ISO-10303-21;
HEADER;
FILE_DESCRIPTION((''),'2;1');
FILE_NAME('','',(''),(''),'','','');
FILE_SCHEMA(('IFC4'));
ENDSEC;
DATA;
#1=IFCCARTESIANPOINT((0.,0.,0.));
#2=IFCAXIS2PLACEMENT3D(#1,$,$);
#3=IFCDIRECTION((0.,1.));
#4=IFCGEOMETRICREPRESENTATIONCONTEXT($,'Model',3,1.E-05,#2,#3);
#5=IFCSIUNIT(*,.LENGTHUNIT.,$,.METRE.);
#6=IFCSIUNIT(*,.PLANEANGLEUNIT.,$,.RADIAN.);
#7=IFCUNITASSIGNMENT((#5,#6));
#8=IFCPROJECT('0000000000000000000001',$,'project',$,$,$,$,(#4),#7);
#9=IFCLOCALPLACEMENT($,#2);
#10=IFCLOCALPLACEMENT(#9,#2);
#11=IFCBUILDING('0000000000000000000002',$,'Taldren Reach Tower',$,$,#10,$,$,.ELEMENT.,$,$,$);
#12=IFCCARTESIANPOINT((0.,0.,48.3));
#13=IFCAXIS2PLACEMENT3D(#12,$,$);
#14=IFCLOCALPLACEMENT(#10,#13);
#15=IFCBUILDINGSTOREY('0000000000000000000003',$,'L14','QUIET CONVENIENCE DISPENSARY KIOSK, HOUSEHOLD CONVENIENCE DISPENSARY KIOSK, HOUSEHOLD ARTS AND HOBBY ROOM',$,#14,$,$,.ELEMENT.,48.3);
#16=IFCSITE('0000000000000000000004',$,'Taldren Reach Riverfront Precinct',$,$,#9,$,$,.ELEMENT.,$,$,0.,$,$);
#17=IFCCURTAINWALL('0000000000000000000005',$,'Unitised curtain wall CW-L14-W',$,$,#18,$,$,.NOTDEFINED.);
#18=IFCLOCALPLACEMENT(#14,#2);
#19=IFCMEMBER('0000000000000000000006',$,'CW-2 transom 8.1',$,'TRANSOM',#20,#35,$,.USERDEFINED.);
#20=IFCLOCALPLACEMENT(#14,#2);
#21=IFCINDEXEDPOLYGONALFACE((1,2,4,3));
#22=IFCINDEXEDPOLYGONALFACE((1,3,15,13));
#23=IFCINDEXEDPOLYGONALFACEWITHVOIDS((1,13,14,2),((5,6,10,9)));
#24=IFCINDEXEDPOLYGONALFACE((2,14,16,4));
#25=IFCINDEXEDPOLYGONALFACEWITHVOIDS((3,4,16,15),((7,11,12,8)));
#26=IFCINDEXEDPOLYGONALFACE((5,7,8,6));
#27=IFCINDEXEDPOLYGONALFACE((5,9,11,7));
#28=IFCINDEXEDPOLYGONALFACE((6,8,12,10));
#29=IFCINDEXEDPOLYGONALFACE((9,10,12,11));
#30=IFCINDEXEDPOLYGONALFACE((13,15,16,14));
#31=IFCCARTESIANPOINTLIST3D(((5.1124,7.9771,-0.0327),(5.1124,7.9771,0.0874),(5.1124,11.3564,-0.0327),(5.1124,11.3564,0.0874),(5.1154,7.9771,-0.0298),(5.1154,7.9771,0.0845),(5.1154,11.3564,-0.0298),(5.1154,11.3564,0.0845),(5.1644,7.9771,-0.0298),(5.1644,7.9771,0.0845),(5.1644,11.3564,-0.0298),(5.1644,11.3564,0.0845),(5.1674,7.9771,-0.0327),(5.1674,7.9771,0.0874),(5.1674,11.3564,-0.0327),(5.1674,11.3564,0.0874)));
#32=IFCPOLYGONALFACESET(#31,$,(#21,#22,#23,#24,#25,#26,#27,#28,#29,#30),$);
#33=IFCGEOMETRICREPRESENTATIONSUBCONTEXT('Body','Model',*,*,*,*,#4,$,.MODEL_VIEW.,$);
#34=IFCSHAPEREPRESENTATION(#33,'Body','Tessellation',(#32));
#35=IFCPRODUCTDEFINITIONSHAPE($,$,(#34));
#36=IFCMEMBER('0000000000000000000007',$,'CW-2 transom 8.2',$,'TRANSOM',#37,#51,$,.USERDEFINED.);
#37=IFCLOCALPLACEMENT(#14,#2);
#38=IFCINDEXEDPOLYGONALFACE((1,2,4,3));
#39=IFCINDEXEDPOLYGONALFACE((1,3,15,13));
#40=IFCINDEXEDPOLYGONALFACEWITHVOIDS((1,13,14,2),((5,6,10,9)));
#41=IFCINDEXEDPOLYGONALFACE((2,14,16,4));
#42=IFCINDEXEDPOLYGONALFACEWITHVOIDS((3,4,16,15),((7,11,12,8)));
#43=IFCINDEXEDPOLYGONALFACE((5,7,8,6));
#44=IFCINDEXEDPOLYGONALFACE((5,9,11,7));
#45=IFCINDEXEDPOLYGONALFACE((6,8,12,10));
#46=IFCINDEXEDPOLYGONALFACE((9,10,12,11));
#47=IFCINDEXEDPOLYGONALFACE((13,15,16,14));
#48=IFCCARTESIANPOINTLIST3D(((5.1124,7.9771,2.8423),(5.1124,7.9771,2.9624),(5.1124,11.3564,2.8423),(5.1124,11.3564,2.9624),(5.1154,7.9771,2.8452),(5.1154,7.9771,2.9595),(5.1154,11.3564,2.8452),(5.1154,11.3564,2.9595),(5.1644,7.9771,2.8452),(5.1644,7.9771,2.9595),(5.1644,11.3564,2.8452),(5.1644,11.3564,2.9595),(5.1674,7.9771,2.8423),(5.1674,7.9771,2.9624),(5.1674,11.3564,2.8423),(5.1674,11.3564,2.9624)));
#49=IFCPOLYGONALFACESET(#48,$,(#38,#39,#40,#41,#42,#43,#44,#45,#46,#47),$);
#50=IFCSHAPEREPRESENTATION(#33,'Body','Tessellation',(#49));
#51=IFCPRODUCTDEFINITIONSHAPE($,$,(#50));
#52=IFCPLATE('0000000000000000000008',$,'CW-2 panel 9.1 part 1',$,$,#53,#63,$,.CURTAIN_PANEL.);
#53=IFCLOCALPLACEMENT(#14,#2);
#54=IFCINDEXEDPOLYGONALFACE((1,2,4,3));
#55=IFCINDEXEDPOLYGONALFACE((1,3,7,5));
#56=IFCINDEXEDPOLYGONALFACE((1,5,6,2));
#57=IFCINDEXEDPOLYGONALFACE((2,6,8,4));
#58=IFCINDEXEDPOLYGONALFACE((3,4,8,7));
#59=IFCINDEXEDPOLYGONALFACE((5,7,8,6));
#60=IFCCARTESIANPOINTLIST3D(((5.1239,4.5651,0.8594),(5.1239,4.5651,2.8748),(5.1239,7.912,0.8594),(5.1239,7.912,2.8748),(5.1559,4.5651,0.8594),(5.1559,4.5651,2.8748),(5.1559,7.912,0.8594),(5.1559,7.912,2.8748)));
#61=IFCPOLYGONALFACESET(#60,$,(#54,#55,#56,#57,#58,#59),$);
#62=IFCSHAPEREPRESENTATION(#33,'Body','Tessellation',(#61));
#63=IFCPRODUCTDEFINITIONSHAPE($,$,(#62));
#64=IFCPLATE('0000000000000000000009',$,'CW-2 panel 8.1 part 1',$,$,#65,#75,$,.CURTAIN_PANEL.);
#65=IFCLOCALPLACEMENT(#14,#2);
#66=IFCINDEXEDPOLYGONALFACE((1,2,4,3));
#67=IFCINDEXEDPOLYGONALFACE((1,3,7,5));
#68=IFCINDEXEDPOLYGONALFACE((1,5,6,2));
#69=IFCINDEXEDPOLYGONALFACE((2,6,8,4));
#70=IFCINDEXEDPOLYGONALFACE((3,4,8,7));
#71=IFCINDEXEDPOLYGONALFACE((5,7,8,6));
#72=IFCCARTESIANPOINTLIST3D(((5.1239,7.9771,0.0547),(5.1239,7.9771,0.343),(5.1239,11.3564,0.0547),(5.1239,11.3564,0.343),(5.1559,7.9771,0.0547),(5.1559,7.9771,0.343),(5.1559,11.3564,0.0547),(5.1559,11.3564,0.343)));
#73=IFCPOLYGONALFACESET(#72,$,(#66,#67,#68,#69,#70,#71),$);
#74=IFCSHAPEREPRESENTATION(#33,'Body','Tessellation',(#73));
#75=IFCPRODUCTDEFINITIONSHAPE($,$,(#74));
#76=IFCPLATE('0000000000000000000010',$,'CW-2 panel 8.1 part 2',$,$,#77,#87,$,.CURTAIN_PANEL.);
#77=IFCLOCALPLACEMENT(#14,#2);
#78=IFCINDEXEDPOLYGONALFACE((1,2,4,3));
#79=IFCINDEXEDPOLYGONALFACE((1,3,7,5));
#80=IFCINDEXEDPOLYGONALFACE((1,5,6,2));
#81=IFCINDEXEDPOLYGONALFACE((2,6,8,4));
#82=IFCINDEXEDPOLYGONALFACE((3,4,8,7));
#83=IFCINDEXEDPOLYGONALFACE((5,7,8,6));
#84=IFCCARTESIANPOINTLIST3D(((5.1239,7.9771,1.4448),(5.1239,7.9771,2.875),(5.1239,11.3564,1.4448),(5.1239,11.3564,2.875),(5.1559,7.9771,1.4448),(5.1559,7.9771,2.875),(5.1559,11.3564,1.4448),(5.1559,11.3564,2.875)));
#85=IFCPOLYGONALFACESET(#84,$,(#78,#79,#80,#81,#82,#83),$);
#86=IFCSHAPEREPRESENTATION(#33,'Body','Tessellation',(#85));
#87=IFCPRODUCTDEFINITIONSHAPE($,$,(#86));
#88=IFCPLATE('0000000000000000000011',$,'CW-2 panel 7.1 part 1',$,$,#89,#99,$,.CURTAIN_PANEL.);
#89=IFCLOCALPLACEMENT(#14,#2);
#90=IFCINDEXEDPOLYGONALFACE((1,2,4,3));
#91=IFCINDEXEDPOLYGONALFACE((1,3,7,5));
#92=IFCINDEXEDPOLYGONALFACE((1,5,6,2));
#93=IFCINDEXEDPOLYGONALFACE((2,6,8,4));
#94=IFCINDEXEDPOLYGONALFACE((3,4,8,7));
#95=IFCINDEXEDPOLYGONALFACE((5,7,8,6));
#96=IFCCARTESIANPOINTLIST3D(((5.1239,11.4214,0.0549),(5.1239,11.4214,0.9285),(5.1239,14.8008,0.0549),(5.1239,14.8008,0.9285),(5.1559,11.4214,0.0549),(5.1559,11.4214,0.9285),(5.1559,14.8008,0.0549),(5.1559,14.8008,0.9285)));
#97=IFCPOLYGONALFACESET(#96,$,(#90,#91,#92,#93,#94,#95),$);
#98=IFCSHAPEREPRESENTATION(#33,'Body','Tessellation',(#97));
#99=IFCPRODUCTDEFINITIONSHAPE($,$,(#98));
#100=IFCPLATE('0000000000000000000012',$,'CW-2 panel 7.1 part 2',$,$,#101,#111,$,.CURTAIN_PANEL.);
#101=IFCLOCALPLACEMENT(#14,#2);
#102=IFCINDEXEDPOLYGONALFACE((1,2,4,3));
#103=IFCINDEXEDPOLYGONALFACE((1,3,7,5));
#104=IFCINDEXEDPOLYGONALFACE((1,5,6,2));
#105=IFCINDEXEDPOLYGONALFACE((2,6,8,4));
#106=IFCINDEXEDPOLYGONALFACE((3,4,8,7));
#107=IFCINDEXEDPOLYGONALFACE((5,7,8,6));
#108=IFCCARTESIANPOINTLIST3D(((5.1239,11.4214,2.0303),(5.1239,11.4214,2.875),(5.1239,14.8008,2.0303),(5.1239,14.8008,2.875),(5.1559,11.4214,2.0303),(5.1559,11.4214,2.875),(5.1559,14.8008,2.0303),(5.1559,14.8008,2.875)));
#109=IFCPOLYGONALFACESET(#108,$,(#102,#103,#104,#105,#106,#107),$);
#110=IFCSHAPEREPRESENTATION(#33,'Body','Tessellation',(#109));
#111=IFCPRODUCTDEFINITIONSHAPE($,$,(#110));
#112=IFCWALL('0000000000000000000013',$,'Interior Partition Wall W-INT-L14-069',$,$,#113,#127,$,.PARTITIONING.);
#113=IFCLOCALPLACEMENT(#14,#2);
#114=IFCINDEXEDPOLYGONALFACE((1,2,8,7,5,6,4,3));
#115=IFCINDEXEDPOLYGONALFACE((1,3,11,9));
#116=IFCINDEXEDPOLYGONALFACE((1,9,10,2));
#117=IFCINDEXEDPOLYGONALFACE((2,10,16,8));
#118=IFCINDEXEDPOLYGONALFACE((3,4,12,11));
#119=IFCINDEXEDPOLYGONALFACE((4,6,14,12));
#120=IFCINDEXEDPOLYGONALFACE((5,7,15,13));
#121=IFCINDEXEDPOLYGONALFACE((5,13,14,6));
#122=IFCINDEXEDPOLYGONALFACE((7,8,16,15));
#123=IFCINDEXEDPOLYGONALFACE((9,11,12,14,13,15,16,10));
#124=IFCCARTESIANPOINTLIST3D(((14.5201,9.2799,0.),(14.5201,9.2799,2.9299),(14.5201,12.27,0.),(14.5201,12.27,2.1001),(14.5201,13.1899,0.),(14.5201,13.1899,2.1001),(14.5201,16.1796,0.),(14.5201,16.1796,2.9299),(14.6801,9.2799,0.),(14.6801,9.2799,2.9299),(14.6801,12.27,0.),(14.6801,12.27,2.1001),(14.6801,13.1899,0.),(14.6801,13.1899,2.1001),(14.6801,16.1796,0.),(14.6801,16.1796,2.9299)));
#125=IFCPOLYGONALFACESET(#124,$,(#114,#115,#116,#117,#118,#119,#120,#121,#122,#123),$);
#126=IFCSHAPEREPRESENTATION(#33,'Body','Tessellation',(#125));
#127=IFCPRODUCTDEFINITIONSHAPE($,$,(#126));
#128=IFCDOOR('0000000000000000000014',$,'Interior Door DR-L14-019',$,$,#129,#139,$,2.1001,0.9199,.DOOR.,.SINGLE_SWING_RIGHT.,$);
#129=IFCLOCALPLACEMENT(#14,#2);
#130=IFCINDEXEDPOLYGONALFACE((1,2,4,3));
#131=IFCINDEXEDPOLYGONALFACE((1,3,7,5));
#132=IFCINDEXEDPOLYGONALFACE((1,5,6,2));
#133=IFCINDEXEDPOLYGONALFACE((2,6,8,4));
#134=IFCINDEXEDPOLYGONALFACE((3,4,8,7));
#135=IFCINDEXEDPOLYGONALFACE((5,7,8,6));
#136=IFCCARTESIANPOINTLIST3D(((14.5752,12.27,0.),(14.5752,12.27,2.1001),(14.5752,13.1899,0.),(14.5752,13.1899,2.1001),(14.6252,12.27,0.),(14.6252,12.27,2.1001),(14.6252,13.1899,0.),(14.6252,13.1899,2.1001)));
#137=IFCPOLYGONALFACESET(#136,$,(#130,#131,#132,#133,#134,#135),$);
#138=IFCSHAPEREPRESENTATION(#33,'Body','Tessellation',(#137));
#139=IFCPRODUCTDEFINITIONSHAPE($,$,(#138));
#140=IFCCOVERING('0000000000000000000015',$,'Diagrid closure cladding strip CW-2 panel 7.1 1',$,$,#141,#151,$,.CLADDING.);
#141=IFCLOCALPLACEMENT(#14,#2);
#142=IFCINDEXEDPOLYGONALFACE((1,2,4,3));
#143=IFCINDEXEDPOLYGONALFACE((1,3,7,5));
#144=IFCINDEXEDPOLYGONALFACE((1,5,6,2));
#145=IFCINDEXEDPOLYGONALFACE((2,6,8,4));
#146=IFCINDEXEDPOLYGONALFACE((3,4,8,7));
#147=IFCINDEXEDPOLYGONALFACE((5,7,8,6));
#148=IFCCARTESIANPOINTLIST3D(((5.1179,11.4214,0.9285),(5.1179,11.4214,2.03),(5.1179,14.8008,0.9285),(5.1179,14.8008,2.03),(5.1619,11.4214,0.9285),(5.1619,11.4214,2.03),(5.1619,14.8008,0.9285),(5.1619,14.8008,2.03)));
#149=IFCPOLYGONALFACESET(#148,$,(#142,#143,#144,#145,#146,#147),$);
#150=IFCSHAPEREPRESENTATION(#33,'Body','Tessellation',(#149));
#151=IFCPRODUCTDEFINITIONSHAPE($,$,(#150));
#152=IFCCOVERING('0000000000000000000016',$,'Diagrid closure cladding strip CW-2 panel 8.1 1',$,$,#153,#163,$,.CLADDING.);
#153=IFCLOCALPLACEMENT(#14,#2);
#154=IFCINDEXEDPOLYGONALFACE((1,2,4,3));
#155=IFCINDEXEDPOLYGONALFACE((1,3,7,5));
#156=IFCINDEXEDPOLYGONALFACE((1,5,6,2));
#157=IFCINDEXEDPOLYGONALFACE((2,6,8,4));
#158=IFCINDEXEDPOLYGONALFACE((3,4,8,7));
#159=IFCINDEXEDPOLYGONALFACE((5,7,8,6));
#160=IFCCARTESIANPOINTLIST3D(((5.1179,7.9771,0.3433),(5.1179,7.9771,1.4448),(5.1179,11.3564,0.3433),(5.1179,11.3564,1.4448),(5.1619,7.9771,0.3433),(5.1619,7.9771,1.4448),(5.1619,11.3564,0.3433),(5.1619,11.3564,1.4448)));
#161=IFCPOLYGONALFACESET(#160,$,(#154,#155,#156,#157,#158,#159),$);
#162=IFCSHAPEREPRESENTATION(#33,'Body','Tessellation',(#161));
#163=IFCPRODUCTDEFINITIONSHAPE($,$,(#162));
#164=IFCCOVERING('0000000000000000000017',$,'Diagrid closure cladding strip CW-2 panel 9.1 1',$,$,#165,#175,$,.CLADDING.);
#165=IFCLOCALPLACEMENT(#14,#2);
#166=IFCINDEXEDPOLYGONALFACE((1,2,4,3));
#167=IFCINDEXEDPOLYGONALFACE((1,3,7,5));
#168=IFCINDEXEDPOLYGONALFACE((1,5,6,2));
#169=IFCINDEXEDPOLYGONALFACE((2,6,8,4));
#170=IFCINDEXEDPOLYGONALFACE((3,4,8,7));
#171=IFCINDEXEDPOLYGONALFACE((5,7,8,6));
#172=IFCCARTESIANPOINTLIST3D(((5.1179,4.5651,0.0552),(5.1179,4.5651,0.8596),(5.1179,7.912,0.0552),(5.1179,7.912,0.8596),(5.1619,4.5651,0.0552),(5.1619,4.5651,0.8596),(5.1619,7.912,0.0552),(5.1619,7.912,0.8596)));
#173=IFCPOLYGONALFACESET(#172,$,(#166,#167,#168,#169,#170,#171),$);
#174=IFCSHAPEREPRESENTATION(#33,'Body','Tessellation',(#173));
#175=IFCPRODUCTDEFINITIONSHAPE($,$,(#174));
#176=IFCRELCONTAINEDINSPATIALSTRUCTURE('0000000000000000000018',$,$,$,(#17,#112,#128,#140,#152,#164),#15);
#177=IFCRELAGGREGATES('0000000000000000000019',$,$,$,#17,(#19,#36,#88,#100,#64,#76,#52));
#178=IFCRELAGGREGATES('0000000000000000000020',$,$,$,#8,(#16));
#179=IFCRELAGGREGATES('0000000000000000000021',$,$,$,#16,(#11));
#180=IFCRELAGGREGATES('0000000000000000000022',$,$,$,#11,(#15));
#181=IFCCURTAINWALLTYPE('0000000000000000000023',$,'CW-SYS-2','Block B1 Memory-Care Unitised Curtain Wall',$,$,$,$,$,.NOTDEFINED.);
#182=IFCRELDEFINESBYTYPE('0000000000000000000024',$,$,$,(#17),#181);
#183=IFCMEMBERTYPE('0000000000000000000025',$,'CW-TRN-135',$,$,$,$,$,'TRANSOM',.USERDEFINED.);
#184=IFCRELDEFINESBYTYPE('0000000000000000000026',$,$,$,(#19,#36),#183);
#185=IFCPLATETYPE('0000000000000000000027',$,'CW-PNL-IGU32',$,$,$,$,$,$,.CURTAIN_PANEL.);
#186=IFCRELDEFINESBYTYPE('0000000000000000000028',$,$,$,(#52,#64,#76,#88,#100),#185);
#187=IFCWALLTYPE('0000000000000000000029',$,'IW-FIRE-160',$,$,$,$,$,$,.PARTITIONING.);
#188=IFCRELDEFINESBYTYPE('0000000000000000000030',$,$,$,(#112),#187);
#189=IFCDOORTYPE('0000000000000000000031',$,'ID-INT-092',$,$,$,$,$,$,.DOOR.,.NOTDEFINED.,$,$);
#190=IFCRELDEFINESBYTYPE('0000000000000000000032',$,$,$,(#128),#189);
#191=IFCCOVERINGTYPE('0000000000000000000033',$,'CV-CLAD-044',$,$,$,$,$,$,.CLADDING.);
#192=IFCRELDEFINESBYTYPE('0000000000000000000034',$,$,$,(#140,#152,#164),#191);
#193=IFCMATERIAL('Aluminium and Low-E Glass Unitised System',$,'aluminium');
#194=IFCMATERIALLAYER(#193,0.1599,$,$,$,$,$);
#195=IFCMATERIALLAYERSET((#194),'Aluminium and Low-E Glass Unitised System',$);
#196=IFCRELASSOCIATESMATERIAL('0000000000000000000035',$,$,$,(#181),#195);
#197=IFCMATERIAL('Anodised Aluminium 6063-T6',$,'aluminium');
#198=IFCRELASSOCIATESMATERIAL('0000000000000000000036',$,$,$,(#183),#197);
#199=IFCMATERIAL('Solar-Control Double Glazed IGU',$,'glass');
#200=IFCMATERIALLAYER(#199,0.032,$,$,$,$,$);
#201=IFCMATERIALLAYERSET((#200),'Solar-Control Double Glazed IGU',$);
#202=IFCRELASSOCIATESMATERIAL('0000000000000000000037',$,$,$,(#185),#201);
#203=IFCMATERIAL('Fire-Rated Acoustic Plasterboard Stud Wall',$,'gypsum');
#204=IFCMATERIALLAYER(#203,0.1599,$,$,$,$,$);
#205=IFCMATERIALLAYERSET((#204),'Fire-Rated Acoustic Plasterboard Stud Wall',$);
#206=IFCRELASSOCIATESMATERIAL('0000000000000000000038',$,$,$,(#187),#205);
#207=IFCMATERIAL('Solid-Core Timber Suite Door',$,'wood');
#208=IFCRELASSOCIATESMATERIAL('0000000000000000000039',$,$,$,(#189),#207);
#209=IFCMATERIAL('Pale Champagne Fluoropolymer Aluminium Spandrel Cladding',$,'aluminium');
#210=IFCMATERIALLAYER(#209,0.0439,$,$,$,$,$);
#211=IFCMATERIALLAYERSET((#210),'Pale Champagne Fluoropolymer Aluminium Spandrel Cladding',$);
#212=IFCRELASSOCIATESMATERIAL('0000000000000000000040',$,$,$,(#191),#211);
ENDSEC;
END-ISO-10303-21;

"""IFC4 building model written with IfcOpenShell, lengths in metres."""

from ifc_helpers import new_model, si_unit, direction, frame, frame_2d, origin, origin_2d, place, context, subcontext, project, spatial, rectangle, hollow_rectangle, extrude, source, transform, mapped, material, layer, layer_set, material_profile, profile_set, type_object, element, fill, aggregate, save


model = new_model("IFC4")

# Units and contexts
model_context = context("Model", 3, precision=1e-05, world=origin(), true_north=direction((0.0, 1.0)))
body_context = subcontext(model_context, "Body", "Model", "MODEL_VIEW")
ifc_project = project(units=[si_unit("LENGTHUNIT", "METRE"), si_unit("PLANEANGLEUNIT", "RADIAN")], contexts=[model_context])

# Site, building, storey
site_placement = place(None, origin())
site = spatial("IfcSite", under=ifc_project, at=site_placement, Name="Taldren Reach Riverfront Precinct", CompositionType="ELEMENT", RefElevation=0.0)
building_placement = place(site_placement, origin())
building = spatial("IfcBuilding", under=site, at=building_placement, Name="Taldren Reach Tower", CompositionType="ELEMENT")
storey_placement = place(building_placement, frame((0.0, 0.0, 48.3)))
storey = spatial("IfcBuildingStorey", under=building, at=storey_placement, Name="L14", Description="QUIET CONVENIENCE DISPENSARY KIOSK, HOUSEHOLD CONVENIENCE DISPENSARY KIOSK, HOUSEHOLD ARTS AND HOBBY ROOM", CompositionType="ELEMENT", Elevation=48.3)

# Curtain wall, members, plates
ifc_material_1 = material(Name="Aluminium and Low-E Glass Unitised System", Category="aluminium")
ifc_layer_1 = layer(ifc_material_1, 0.1599)
ifc_layer_set_1 = layer_set([ifc_layer_1], Name="Aluminium and Low-E Glass Unitised System")
curtain_wall_type = type_object("IfcCurtainWallType", Name="CW-SYS-2", Description="Block B1 Memory-Care Unitised Curtain Wall", PredefinedType="NOTDEFINED", material=ifc_layer_set_1)
curtain_wall_placement = place(storey_placement, origin())
curtain_wall = element("IfcCurtainWall", 1, at=curtain_wall_placement, inside=storey, type_object=curtain_wall_type, Name="Unitised curtain wall CW-L14-W", PredefinedType="NOTDEFINED")
ifc_material_2 = material(Name="Anodised Aluminium 6063-T6", Category="aluminium")
ifc_material_profile_1 = material_profile(ifc_material_2, hollow_rectangle(XDim=0.0549, YDim=0.1201, WallThickness=0.0029, at=origin_2d()), Name="ALU-120x55x3RHS")
ifc_profile_set_1 = profile_set([ifc_material_profile_1], Name="Anodised Aluminium 6063-T6")
member_type_1 = type_object("IfcMemberType", Name="CW-TRN-135", ElementType="TRANSOM", PredefinedType="USERDEFINED", material=ifc_profile_set_1)
shared_shape_1 = source(origin(), body_context, "Body", "SweptSolid", [
    extrude(hollow_rectangle(XDim=0.0549, YDim=0.1201, WallThickness=0.0029, at=origin_2d()), origin(), (0.0, 0.0, 1.0), 3.3794),
])
member_1_placement = place(storey_placement, frame((5.1399, 11.3564, 0.0273), z_axis=(0.0, -1.0, 0.0), x_axis=(1.0, 0.0, 0.0)))
member_1 = element("IfcMember", 2, at=member_1_placement, type_object=member_type_1, Name="CW-2 transom 8.1", ObjectType="TRANSOM", PredefinedType="USERDEFINED", context=body_context, shape_type="MappedRepresentation", body=[
    mapped(shared_shape_1, transform((0.0, 0.0, 0.0), scale=1.0)),
])
member_2_placement = place(storey_placement, frame((5.1399, 11.3564, 2.9023), z_axis=(0.0, -1.0, 0.0), x_axis=(1.0, 0.0, 0.0)))
member_2 = element("IfcMember", 3, at=member_2_placement, type_object=member_type_1, Name="CW-2 transom 8.2", ObjectType="TRANSOM", PredefinedType="USERDEFINED", context=body_context, shape_type="MappedRepresentation", body=[
    mapped(shared_shape_1, transform((0.0, 0.0, 0.0), scale=1.0)),
])
ifc_material_3 = material(Name="Solar-Control Double Glazed IGU", Category="glass")
ifc_layer_2 = layer(ifc_material_3, 0.032)
ifc_layer_set_2 = layer_set([ifc_layer_2], Name="Solar-Control Double Glazed IGU")
plate_type = type_object("IfcPlateType", Name="CW-PNL-IGU32", PredefinedType="CURTAIN_PANEL", material=ifc_layer_set_2)
shared_shape_2 = source(origin(), body_context, "Body", "SweptSolid", [
    extrude(rectangle(XDim=3.3469, YDim=0.032, at=origin_2d()), origin(), (0.0, 0.0, 1.0), 2.0154),
])
plate_1_placement = place(storey_placement, frame((5.1399, 6.2385, 0.8594), z_axis=(0.0, 0.0, 1.0), x_axis=(0.0, -1.0, 0.0)))
plate_1 = element("IfcPlate", 4, at=plate_1_placement, type_object=plate_type, Name="CW-2 panel 9.1 part 1", PredefinedType="CURTAIN_PANEL", context=body_context, shape_type="MappedRepresentation", body=[
    mapped(shared_shape_2, transform((0.0, 0.0, 0.0), scale=1.0)),
])
shared_shape_3 = source(origin(), body_context, "Body", "SweptSolid", [
    extrude(rectangle(XDim=3.3794, YDim=0.032, at=origin_2d()), origin(), (0.0, 0.0, 1.0), 0.2883),
])
plate_2_placement = place(storey_placement, frame((5.1399, 9.6667, 0.0547), z_axis=(0.0, 0.0, 1.0), x_axis=(0.0, -1.0, 0.0)))
plate_2 = element("IfcPlate", 5, at=plate_2_placement, type_object=plate_type, Name="CW-2 panel 8.1 part 1", PredefinedType="CURTAIN_PANEL", context=body_context, shape_type="MappedRepresentation", body=[
    mapped(shared_shape_3, transform((0.0, 0.0, 0.0), scale=1.0)),
])
shared_shape_4 = source(origin(), body_context, "Body", "SweptSolid", [
    extrude(rectangle(XDim=3.3794, YDim=0.032, at=origin_2d()), origin(), (0.0, 0.0, 1.0), 1.4302),
])
plate_3_placement = place(storey_placement, frame((5.1399, 9.6667, 1.4448), z_axis=(0.0, 0.0, 1.0), x_axis=(0.0, -1.0, 0.0)))
plate_3 = element("IfcPlate", 6, at=plate_3_placement, type_object=plate_type, Name="CW-2 panel 8.1 part 2", PredefinedType="CURTAIN_PANEL", context=body_context, shape_type="MappedRepresentation", body=[
    mapped(shared_shape_4, transform((0.0, 0.0, 0.0), scale=1.0)),
])
shared_shape_5 = source(origin(), body_context, "Body", "SweptSolid", [
    extrude(rectangle(XDim=3.3794, YDim=0.032, at=origin_2d()), origin(), (0.0, 0.0, 1.0), 0.8735),
])
plate_4_placement = place(storey_placement, frame((5.1399, 13.1111, 0.0549), z_axis=(0.0, 0.0, 1.0), x_axis=(0.0, -1.0, 0.0)))
plate_4 = element("IfcPlate", 7, at=plate_4_placement, type_object=plate_type, Name="CW-2 panel 7.1 part 1", PredefinedType="CURTAIN_PANEL", context=body_context, shape_type="MappedRepresentation", body=[
    mapped(shared_shape_5, transform((0.0, 0.0, 0.0), scale=1.0)),
])
shared_shape_6 = source(origin(), body_context, "Body", "SweptSolid", [
    extrude(rectangle(XDim=3.3794, YDim=0.032, at=origin_2d()), origin(), (0.0, 0.0, 1.0), 0.8447),
])
plate_5_placement = place(storey_placement, frame((5.1399, 13.1111, 2.0303), z_axis=(0.0, 0.0, 1.0), x_axis=(0.0, -1.0, 0.0)))
plate_5 = element("IfcPlate", 8, at=plate_5_placement, type_object=plate_type, Name="CW-2 panel 7.1 part 2", PredefinedType="CURTAIN_PANEL", context=body_context, shape_type="MappedRepresentation", body=[
    mapped(shared_shape_6, transform((0.0, 0.0, 0.0), scale=1.0)),
])
aggregate(curtain_wall, [member_1, member_2, plate_4, plate_5, plate_2, plate_3, plate_1])

# Wall, opening, door
ifc_material_4 = material(Name="Fire-Rated Acoustic Plasterboard Stud Wall", Category="gypsum")
ifc_layer_3 = layer(ifc_material_4, 0.1599)
ifc_layer_set_3 = layer_set([ifc_layer_3], Name="Fire-Rated Acoustic Plasterboard Stud Wall")
wall_type = type_object("IfcWallType", Name="IW-FIRE-160", PredefinedType="PARTITIONING", material=ifc_layer_set_3)
shared_shape_7 = source(origin(), body_context, "Body", "SweptSolid", [
    extrude(rectangle(XDim=6.8997, YDim=0.1599, at=frame_2d((3.4497, 0.0))), origin(), (0.0, 0.0, 1.0), 2.9299),
])
wall_placement = place(storey_placement, frame((14.6001, 9.28, 0.0), z_axis=(0.0, 0.0, 1.0), x_axis=(0.0, 1.0, 0.0)))
wall = element("IfcWall", 9, at=wall_placement, inside=storey, type_object=wall_type, Name="Interior Partition Wall W-INT-L14-069", PredefinedType="PARTITIONING", context=body_context, shape_type="MappedRepresentation", body=[
    mapped(shared_shape_7, transform((0.0, 0.0, 0.0), scale=1.0)),
])
shared_shape_8 = source(origin(), body_context, "Body", "SweptSolid", [
    extrude(rectangle(XDim=0.9199, YDim=2.1001, at=frame_2d((0.46, 1.05))), frame((0.0, 0.0898, 0.0), z_axis=(0.0, -1.0, 0.0), x_axis=(1.0, 0.0, 0.0)), (0.0, 0.0, 1.0), 0.1799),
])
opening_placement = place(wall_placement, frame((2.99, 0.0, 0.0)))
opening = element("IfcOpeningElement", 10, at=opening_placement, cuts=wall, PredefinedType="OPENING", context=body_context, shape_type="MappedRepresentation", body=[
    mapped(shared_shape_8, transform((0.0, 0.0, 0.0), scale=1.0)),
])
ifc_material_5 = material(Name="Solid-Core Timber Suite Door", Category="wood")
door_type = type_object("IfcDoorType", Name="ID-INT-092", OperationType="NOTDEFINED", PredefinedType="DOOR", material=ifc_material_5)
shared_shape_9 = source(origin(), body_context, "Body", "SweptSolid", [
    extrude(rectangle(XDim=0.9199, YDim=2.1001, at=frame_2d((0.46, 1.05))), frame((0.0, 0.0249, 0.0), z_axis=(0.0, -1.0, 0.0), x_axis=(1.0, 0.0, 0.0)), (0.0, 0.0, 1.0), 0.05),
])
door_placement = place(opening_placement, origin())
door = element("IfcDoor", 11, at=door_placement, inside=storey, type_object=door_type, Name="Interior Door DR-L14-019", OperationType="SINGLE_SWING_RIGHT", OverallHeight=2.1001, OverallWidth=0.9199, PredefinedType="DOOR", context=body_context, shape_type="MappedRepresentation", body=[
    mapped(shared_shape_9, transform((0.0, 0.0, 0.0), scale=1.0)),
])
fill(opening, door)

# Coverings
ifc_material_6 = material(Name="Pale Champagne Fluoropolymer Aluminium Spandrel Cladding", Category="aluminium")
ifc_layer_4 = layer(ifc_material_6, 0.0439)
ifc_layer_set_4 = layer_set([ifc_layer_4], Name="Pale Champagne Fluoropolymer Aluminium Spandrel Cladding")
covering_type = type_object("IfcCoveringType", Name="CV-CLAD-044", PredefinedType="CLADDING", material=ifc_layer_set_4)
shared_shape_10 = source(origin(), body_context, "Body", "SweptSolid", [
    extrude(rectangle(XDim=3.3794, YDim=0.0439, at=origin_2d()), origin(), (0.0, 0.0, 1.0), 1.1016),
])
for number, where, z_axis, x_axis, name in (
    (12, (5.1399, 13.1111, 0.9285), (0.0, 0.0, 1.0), (0.0, -1.0, 0.0), "Diagrid closure cladding strip CW-2 panel 7.1 1"),
    (13, (5.1399, 9.6667, 0.3433), (0.0, 0.0, 1.0), (0.0, -1.0, 0.0), "Diagrid closure cladding strip CW-2 panel 8.1 1"),
):
    element("IfcCovering", number, at=place(storey_placement, frame(where, z_axis=z_axis, x_axis=x_axis)), inside=storey, type_object=covering_type, Name=name, PredefinedType="CLADDING", context=body_context, shape_type="MappedRepresentation", body=[
        mapped(shared_shape_10, transform((0.0, 0.0, 0.0), scale=1.0)),
    ])
shared_shape_11 = source(origin(), body_context, "Body", "SweptSolid", [
    extrude(rectangle(XDim=3.3469, YDim=0.0439, at=origin_2d()), origin(), (0.0, 0.0, 1.0), 0.8044),
])
covering_placement = place(storey_placement, frame((5.1399, 6.2385, 0.0552), z_axis=(0.0, 0.0, 1.0), x_axis=(0.0, -1.0, 0.0)))
element("IfcCovering", 14, at=covering_placement, inside=storey, type_object=covering_type, Name="Diagrid closure cladding strip CW-2 panel 9.1 1", PredefinedType="CLADDING", context=body_context, shape_type="MappedRepresentation", body=[
    mapped(shared_shape_11, transform((0.0, 0.0, 0.0), scale=1.0)),
])

save(model, "model.ifc")
